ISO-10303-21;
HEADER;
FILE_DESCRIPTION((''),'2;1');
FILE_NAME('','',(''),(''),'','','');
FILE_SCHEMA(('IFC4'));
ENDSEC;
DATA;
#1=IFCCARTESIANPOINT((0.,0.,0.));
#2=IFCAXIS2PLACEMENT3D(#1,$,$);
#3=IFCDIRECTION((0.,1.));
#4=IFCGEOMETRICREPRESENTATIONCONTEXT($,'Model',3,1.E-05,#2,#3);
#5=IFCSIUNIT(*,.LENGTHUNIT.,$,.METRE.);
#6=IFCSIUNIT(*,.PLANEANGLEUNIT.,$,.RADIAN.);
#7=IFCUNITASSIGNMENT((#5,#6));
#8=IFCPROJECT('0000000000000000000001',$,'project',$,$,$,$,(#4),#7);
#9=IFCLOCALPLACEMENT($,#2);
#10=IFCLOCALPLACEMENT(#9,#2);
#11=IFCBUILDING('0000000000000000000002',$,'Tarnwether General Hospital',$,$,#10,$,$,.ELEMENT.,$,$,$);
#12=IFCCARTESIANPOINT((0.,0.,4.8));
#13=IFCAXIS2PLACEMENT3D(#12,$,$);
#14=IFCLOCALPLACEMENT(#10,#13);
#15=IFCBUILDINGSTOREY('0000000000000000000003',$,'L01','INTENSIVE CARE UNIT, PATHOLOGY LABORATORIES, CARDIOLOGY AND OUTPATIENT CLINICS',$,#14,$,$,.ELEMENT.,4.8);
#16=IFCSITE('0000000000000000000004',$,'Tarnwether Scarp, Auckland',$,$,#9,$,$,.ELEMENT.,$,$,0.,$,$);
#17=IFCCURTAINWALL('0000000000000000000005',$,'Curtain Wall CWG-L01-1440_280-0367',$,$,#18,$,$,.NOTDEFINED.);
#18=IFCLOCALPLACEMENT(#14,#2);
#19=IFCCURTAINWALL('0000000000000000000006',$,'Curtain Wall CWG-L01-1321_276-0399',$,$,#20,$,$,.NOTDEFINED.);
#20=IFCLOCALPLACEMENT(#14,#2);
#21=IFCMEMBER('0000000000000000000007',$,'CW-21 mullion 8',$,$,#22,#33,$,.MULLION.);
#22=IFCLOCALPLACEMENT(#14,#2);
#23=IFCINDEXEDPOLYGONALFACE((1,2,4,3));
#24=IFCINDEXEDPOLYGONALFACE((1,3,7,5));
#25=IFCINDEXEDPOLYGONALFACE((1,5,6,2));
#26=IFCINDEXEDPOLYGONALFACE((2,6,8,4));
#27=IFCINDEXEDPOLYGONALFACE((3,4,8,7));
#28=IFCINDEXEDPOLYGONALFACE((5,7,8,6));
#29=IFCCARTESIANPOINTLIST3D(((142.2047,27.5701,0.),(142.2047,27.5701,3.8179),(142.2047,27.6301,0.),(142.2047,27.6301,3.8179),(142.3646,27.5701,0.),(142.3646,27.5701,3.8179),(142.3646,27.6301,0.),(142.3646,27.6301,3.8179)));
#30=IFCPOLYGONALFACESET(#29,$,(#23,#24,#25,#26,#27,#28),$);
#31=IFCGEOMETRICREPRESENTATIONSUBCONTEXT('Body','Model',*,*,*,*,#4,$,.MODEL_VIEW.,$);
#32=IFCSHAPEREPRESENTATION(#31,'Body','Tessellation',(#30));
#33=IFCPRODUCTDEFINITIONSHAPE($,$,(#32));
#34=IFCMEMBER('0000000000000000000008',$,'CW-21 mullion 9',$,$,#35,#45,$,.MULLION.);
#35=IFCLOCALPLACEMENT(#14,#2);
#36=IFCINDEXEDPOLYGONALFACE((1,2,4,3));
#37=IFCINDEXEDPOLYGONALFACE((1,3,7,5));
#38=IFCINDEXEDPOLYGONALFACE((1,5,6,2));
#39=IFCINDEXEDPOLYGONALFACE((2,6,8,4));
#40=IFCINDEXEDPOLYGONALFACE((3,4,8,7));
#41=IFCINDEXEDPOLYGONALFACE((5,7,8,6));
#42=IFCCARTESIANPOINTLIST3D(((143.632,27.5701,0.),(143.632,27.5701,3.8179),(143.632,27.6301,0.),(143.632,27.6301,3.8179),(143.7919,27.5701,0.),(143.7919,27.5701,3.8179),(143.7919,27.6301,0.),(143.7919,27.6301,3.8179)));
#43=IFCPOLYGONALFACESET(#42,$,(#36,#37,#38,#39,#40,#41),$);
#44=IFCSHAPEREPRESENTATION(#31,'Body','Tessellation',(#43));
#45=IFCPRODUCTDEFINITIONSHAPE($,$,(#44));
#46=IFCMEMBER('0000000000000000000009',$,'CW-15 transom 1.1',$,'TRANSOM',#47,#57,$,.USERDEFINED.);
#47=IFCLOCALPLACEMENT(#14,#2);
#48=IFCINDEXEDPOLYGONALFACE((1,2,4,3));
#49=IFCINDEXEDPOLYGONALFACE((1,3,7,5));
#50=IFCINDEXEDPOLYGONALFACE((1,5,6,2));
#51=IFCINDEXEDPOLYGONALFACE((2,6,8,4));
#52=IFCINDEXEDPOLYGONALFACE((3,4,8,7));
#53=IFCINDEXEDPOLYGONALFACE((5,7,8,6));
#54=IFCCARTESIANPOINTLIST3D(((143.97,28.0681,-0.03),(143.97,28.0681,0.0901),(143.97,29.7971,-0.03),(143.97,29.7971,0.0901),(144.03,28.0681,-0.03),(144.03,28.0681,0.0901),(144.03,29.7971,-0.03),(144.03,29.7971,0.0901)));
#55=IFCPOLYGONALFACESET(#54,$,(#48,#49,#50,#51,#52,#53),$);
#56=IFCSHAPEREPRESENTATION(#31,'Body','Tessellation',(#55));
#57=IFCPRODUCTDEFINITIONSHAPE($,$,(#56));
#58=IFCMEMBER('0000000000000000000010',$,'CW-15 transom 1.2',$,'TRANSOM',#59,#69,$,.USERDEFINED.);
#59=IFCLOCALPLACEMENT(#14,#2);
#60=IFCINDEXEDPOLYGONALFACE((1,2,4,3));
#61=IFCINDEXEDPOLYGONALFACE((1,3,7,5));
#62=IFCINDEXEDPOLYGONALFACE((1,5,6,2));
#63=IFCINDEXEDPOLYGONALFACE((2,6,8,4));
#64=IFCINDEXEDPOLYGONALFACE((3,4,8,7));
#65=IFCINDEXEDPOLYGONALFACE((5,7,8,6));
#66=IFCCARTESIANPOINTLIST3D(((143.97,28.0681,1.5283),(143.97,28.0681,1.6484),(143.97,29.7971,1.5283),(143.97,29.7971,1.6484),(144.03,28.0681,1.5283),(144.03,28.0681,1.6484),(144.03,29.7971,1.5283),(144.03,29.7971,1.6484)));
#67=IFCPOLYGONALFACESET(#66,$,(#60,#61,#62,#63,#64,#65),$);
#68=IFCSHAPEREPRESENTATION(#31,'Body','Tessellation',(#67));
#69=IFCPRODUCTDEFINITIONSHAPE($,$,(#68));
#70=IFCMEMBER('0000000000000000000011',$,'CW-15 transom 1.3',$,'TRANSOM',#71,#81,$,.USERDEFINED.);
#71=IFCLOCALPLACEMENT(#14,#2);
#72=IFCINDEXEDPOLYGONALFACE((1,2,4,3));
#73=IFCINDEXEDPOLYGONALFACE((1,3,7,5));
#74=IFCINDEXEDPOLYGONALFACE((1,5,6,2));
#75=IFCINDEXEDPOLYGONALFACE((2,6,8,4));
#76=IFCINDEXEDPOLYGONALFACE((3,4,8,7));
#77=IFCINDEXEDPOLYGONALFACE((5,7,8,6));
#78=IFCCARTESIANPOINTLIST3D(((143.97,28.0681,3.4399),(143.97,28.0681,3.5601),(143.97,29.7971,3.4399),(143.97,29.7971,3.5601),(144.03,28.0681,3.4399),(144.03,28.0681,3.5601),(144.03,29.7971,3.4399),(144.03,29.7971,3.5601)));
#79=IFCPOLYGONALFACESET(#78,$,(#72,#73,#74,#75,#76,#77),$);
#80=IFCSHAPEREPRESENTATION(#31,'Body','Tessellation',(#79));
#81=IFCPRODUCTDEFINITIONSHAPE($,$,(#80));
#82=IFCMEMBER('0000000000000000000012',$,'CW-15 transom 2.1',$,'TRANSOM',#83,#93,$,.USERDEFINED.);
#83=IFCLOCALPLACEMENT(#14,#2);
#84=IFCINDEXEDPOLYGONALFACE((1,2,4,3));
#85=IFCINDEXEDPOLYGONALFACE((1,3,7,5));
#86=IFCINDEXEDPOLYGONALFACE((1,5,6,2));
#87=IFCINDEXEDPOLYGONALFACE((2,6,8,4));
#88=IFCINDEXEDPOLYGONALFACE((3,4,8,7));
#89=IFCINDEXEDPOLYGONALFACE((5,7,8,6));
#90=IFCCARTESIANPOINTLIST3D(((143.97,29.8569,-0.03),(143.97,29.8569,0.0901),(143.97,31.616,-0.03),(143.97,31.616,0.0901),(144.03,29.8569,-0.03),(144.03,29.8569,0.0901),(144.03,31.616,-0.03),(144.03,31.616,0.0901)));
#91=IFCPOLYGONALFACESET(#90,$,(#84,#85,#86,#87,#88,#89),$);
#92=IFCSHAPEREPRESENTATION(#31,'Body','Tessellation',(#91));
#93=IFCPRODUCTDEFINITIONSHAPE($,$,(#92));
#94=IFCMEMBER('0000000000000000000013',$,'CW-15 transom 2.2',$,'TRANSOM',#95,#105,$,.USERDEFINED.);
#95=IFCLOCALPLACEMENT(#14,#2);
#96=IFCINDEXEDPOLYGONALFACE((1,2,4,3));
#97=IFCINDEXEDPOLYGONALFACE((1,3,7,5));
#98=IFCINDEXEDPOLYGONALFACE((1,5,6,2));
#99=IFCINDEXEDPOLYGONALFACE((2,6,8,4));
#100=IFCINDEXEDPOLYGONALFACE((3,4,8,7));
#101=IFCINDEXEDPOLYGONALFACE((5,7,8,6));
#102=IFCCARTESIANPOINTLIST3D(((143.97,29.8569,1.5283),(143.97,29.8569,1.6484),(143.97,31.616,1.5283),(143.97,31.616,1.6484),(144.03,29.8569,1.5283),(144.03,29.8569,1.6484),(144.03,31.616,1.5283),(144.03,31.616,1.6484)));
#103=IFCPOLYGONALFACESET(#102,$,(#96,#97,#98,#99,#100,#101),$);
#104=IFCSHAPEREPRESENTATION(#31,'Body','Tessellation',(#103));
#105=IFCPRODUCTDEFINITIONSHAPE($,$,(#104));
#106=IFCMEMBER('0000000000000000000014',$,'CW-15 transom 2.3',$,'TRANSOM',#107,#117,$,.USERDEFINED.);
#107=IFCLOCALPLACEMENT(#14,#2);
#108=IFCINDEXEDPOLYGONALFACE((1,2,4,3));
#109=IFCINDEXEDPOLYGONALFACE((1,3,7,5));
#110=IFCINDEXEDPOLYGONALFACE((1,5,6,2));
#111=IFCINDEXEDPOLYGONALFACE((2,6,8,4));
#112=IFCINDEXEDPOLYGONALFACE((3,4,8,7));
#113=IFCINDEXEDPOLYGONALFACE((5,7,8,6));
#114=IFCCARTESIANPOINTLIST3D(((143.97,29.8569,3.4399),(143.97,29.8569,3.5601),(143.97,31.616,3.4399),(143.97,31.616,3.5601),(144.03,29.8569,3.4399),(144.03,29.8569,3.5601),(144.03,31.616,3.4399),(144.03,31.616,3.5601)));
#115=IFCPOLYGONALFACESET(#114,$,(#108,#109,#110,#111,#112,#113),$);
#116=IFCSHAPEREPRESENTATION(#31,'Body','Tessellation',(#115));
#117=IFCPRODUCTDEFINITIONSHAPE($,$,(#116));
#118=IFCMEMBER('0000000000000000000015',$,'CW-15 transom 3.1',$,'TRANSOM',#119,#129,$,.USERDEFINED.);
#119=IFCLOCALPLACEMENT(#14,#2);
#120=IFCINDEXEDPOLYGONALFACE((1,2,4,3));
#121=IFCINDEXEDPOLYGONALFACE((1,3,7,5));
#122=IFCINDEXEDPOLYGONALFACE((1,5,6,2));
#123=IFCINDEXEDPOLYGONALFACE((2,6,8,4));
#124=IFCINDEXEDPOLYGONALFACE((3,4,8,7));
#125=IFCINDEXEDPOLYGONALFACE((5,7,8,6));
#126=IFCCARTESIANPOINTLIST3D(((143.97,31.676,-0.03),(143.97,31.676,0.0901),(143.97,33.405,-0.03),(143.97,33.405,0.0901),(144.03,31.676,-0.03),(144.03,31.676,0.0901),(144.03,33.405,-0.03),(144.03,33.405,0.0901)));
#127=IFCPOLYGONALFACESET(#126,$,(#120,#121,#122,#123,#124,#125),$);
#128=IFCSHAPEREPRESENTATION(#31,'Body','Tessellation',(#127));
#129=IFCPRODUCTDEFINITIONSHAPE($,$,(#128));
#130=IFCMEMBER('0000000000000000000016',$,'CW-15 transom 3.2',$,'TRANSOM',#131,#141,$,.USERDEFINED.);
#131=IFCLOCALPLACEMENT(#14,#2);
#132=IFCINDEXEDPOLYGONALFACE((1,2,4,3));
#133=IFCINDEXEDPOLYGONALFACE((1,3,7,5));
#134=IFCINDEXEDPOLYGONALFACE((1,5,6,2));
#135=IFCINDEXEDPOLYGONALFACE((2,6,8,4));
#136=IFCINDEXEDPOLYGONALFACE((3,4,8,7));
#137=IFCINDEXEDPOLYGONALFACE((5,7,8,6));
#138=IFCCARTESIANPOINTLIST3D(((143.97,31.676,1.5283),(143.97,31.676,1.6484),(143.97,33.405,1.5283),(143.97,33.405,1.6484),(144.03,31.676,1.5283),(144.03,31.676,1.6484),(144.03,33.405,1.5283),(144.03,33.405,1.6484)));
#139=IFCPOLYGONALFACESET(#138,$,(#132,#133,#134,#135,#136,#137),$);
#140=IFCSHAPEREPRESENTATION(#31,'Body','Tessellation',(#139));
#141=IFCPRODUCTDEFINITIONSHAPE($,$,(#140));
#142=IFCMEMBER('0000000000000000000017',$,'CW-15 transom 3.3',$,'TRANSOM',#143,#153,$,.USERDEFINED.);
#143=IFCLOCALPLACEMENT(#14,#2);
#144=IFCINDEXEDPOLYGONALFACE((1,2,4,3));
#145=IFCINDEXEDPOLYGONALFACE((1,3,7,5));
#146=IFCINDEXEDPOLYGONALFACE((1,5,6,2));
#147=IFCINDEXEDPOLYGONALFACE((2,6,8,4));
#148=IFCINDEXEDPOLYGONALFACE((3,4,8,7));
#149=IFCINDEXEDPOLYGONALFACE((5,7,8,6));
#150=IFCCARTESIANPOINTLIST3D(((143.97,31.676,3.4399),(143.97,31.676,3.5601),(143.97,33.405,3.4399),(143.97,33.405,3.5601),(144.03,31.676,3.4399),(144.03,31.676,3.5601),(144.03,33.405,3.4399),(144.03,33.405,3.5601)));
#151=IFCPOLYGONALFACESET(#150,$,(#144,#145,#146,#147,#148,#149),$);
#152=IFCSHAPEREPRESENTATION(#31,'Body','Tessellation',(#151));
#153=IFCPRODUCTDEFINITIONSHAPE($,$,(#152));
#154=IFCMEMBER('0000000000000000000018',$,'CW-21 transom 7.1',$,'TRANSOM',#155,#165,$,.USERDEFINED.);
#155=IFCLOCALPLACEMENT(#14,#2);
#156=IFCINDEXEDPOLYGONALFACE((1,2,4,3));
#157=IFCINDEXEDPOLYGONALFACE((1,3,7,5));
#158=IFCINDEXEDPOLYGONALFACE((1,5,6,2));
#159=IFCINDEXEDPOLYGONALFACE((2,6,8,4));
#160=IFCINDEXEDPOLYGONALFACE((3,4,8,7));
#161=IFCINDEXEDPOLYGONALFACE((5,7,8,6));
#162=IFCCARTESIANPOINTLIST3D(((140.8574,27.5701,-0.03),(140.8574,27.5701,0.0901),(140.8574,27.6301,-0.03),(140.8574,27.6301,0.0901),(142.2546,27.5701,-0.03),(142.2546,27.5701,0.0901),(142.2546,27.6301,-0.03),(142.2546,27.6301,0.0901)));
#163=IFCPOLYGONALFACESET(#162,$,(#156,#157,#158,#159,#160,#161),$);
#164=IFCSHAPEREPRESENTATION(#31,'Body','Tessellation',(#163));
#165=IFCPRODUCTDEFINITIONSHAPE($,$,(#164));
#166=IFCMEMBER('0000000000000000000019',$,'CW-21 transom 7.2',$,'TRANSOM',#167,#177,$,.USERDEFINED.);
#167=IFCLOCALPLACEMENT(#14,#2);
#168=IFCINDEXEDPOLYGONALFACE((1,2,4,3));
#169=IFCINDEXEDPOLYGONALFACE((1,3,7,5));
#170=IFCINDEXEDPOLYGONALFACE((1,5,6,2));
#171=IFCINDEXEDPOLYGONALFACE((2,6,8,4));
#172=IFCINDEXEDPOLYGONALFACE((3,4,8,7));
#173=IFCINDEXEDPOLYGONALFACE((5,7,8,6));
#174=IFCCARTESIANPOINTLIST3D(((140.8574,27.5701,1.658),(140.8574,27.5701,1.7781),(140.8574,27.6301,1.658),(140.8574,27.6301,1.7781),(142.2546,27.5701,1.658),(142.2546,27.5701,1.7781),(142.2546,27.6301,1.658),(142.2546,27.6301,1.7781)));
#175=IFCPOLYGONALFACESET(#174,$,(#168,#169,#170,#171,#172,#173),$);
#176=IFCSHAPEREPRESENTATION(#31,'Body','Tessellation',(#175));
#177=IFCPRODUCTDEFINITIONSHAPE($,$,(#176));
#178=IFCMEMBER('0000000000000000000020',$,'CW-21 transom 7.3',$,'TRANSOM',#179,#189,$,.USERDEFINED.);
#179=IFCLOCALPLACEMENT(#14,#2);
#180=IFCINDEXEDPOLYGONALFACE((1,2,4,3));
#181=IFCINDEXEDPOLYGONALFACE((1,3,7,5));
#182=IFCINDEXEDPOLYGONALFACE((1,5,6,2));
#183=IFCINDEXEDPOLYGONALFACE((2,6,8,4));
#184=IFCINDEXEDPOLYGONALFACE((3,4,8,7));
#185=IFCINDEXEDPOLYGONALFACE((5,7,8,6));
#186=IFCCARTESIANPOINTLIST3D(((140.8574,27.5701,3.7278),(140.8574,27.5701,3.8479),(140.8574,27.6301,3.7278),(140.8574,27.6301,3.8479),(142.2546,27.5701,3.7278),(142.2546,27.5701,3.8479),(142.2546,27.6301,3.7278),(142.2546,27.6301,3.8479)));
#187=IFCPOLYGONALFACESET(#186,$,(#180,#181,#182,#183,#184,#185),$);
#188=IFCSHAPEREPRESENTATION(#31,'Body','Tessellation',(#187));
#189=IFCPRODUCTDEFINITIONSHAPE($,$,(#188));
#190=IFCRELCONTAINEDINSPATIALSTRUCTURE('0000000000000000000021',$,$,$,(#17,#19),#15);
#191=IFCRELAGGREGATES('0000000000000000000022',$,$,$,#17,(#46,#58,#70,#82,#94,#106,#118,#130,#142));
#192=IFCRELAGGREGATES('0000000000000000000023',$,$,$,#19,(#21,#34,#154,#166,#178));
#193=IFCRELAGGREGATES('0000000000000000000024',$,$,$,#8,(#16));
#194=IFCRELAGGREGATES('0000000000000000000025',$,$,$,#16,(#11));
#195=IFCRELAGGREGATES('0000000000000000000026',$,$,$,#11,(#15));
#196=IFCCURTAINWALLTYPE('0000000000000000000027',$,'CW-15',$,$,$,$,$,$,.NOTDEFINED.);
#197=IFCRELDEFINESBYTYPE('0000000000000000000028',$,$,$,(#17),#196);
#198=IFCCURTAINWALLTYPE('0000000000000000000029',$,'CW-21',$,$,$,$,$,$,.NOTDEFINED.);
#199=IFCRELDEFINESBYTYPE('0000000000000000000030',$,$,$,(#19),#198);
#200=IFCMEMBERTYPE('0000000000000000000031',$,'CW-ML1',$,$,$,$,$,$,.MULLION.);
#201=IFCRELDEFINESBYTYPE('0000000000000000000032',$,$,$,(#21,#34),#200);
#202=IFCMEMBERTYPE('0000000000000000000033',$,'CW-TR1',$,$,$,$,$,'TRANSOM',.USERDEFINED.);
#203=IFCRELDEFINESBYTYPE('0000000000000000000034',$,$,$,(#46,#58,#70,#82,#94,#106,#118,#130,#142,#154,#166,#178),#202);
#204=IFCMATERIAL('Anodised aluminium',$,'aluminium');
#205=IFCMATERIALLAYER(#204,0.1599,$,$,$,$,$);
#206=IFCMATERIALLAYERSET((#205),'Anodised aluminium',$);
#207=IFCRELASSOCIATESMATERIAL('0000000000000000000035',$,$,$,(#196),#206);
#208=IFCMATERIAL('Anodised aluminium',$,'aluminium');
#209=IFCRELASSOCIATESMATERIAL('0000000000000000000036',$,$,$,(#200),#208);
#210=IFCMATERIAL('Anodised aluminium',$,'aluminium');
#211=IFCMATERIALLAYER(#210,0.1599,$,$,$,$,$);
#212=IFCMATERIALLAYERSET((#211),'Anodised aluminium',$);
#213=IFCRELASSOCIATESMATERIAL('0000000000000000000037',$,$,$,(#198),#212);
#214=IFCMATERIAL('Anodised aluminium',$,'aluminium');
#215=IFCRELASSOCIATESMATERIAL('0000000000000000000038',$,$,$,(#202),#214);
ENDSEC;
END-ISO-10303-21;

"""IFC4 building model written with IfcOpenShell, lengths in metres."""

from ifc_helpers import new_model, si_unit, direction, frame, origin, origin_2d, place, context, subcontext, project, spatial, rectangle, extrude, material, layer, layer_set, material_profile, profile_set, type_object, element, aggregate, save


model = new_model("IFC4")

# Units and contexts
model_context = context("Model", 3, precision=1e-05, world=origin(), true_north=direction((0.0, 1.0)))
body_context = subcontext(model_context, "Body", "Model", "MODEL_VIEW")
ifc_project = project(units=[si_unit("LENGTHUNIT", "METRE"), si_unit("PLANEANGLEUNIT", "RADIAN")], contexts=[model_context])

# Site, building, storey
site_placement = place(None, origin())
site = spatial("IfcSite", under=ifc_project, at=site_placement, Name="Tarnwether Scarp, Auckland", CompositionType="ELEMENT", RefElevation=0.0)
building_placement = place(site_placement, origin())
building = spatial("IfcBuilding", under=site, at=building_placement, Name="Tarnwether General Hospital", CompositionType="ELEMENT")
storey_placement = place(building_placement, frame((0.0, 0.0, 4.8)))
storey = spatial("IfcBuildingStorey", under=building, at=storey_placement, Name="L01", Description="INTENSIVE CARE UNIT, PATHOLOGY LABORATORIES, CARDIOLOGY AND OUTPATIENT CLINICS", CompositionType="ELEMENT", Elevation=4.8)

# Curtain walls, members
ifc_material_1 = material(Name="Anodised aluminium", Category="aluminium")
ifc_layer_1 = layer(ifc_material_1, 0.1599)
ifc_layer_set_1 = layer_set([ifc_layer_1], Name="Anodised aluminium")
curtain_wall_type_1 = type_object("IfcCurtainWallType", Name="CW-15", PredefinedType="NOTDEFINED", material=ifc_layer_set_1)
curtain_wall_1_placement = place(storey_placement, origin())
curtain_wall_1 = element("IfcCurtainWall", 1, at=curtain_wall_1_placement, inside=storey, type_object=curtain_wall_type_1, Name="Curtain Wall CWG-L01-1440_280-0367", PredefinedType="NOTDEFINED")
ifc_material_2 = material(Name="Anodised aluminium", Category="aluminium")
ifc_material_profile_1 = material_profile(ifc_material_2, rectangle(XDim=0.0601, YDim=0.1599, at=origin_2d()), Name="ALU-MUL-60x160")
ifc_profile_set_1 = profile_set([ifc_material_profile_1], Name="Anodised aluminium")
member_type_1 = type_object("IfcMemberType", Name="CW-ML1", PredefinedType="MULLION", material=ifc_profile_set_1)
ifc_material_3 = material(Name="Anodised aluminium", Category="aluminium")
ifc_layer_2 = layer(ifc_material_3, 0.1599)
ifc_layer_set_2 = layer_set([ifc_layer_2], Name="Anodised aluminium")
curtain_wall_type_2 = type_object("IfcCurtainWallType", Name="CW-21", PredefinedType="NOTDEFINED", material=ifc_layer_set_2)
curtain_wall_2_placement = place(storey_placement, origin())
curtain_wall_2 = element("IfcCurtainWall", 2, at=curtain_wall_2_placement, inside=storey, type_object=curtain_wall_type_2, Name="Curtain Wall CWG-L01-1321_276-0399", PredefinedType="NOTDEFINED")
member_1_placement = place(storey_placement, frame((142.2847, 27.6001, 0.0), z_axis=(0.0, 0.0, 1.0), x_axis=(0.0, 1.0, 0.0)))
member_1 = element("IfcMember", 3, at=member_1_placement, type_object=member_type_1, Name="CW-21 mullion 8", PredefinedType="MULLION", context=body_context, shape_type="SweptSolid", body=[
    extrude(rectangle(XDim=0.0601, YDim=0.1599, at=origin_2d()), origin(), (0.0, 0.0, 1.0), 3.8179),
])
member_2_placement = place(storey_placement, frame((143.7119, 27.6001, 0.0), z_axis=(0.0, 0.0, 1.0), x_axis=(0.0, 1.0, 0.0)))
member_2 = element("IfcMember", 4, at=member_2_placement, type_object=member_type_1, Name="CW-21 mullion 9", PredefinedType="MULLION", context=body_context, shape_type="SweptSolid", body=[
    extrude(rectangle(XDim=0.0601, YDim=0.1599, at=origin_2d()), origin(), (0.0, 0.0, 1.0), 3.8179),
])

# Members
ifc_material_4 = material(Name="Anodised aluminium", Category="aluminium")
ifc_material_profile_2 = material_profile(ifc_material_4, rectangle(XDim=0.0601, YDim=0.1201, at=origin_2d()), Name="ALU-TRN-60x120")
ifc_profile_set_2 = profile_set([ifc_material_profile_2], Name="Anodised aluminium")
member_type_2 = type_object("IfcMemberType", Name="CW-TR1", ElementType="TRANSOM", PredefinedType="USERDEFINED", material=ifc_profile_set_2)
member_3_placement = place(storey_placement, frame((144.0, 28.0681, 0.03), z_axis=(0.0, 1.0, 0.0), x_axis=(-1.0, 0.0, 0.0)))
member_3 = element("IfcMember", 5, at=member_3_placement, type_object=member_type_2, Name="CW-15 transom 1.1", ObjectType="TRANSOM", PredefinedType="USERDEFINED", context=body_context, shape_type="SweptSolid", body=[
    extrude(rectangle(XDim=0.0601, YDim=0.1201, at=origin_2d()), origin(), (0.0, 0.0, 1.0), 1.729),
])
member_4_placement = place(storey_placement, frame((144.0, 28.0681, 1.5884), z_axis=(0.0, 1.0, 0.0), x_axis=(-1.0, 0.0, 0.0)))
member_4 = element("IfcMember", 6, at=member_4_placement, type_object=member_type_2, Name="CW-15 transom 1.2", ObjectType="TRANSOM", PredefinedType="USERDEFINED", context=body_context, shape_type="SweptSolid", body=[
    extrude(rectangle(XDim=0.0601, YDim=0.1201, at=origin_2d()), origin(), (0.0, 0.0, 1.0), 1.729),
])
member_5_placement = place(storey_placement, frame((144.0, 28.0681, 3.5), z_axis=(0.0, 1.0, 0.0), x_axis=(-1.0, 0.0, 0.0)))
member_5 = element("IfcMember", 7, at=member_5_placement, type_object=member_type_2, Name="CW-15 transom 1.3", ObjectType="TRANSOM", PredefinedType="USERDEFINED", context=body_context, shape_type="SweptSolid", body=[
    extrude(rectangle(XDim=0.0601, YDim=0.1201, at=origin_2d()), origin(), (0.0, 0.0, 1.0), 1.729),
])
member_6_placement = place(storey_placement, frame((144.0, 29.8569, 0.03), z_axis=(0.0, 1.0, 0.0), x_axis=(-1.0, 0.0, 0.0)))
member_6 = element("IfcMember", 8, at=member_6_placement, type_object=member_type_2, Name="CW-15 transom 2.1", ObjectType="TRANSOM", PredefinedType="USERDEFINED", context=body_context, shape_type="SweptSolid", body=[
    extrude(rectangle(XDim=0.0601, YDim=0.1201, at=origin_2d()), origin(), (0.0, 0.0, 1.0), 1.759),
])
member_7_placement = place(storey_placement, frame((144.0, 29.8569, 1.5884), z_axis=(0.0, 1.0, 0.0), x_axis=(-1.0, 0.0, 0.0)))
member_7 = element("IfcMember", 9, at=member_7_placement, type_object=member_type_2, Name="CW-15 transom 2.2", ObjectType="TRANSOM", PredefinedType="USERDEFINED", context=body_context, shape_type="SweptSolid", body=[
    extrude(rectangle(XDim=0.0601, YDim=0.1201, at=origin_2d()), origin(), (0.0, 0.0, 1.0), 1.759),
])
member_8_placement = place(storey_placement, frame((144.0, 29.8569, 3.5), z_axis=(0.0, 1.0, 0.0), x_axis=(-1.0, 0.0, 0.0)))
member_8 = element("IfcMember", 10, at=member_8_placement, type_object=member_type_2, Name="CW-15 transom 2.3", ObjectType="TRANSOM", PredefinedType="USERDEFINED", context=body_context, shape_type="SweptSolid", body=[
    extrude(rectangle(XDim=0.0601, YDim=0.1201, at=origin_2d()), origin(), (0.0, 0.0, 1.0), 1.759),
])
member_9_placement = place(storey_placement, frame((144.0, 31.676, 0.03), z_axis=(0.0, 1.0, 0.0), x_axis=(-1.0, 0.0, 0.0)))
member_9 = element("IfcMember", 11, at=member_9_placement, type_object=member_type_2, Name="CW-15 transom 3.1", ObjectType="TRANSOM", PredefinedType="USERDEFINED", context=body_context, shape_type="SweptSolid", body=[
    extrude(rectangle(XDim=0.0601, YDim=0.1201, at=origin_2d()), origin(), (0.0, 0.0, 1.0), 1.729),
])
member_10_placement = place(storey_placement, frame((144.0, 31.676, 1.5884), z_axis=(0.0, 1.0, 0.0), x_axis=(-1.0, 0.0, 0.0)))
member_10 = element("IfcMember", 12, at=member_10_placement, type_object=member_type_2, Name="CW-15 transom 3.2", ObjectType="TRANSOM", PredefinedType="USERDEFINED", context=body_context, shape_type="SweptSolid", body=[
    extrude(rectangle(XDim=0.0601, YDim=0.1201, at=origin_2d()), origin(), (0.0, 0.0, 1.0), 1.729),
])
member_11_placement = place(storey_placement, frame((144.0, 31.676, 3.5), z_axis=(0.0, 1.0, 0.0), x_axis=(-1.0, 0.0, 0.0)))
member_11 = element("IfcMember", 13, at=member_11_placement, type_object=member_type_2, Name="CW-15 transom 3.3", ObjectType="TRANSOM", PredefinedType="USERDEFINED", context=body_context, shape_type="SweptSolid", body=[
    extrude(rectangle(XDim=0.0601, YDim=0.1201, at=origin_2d()), origin(), (0.0, 0.0, 1.0), 1.729),
])
member_12_placement = place(storey_placement, frame((140.8574, 27.6001, 0.03), z_axis=(1.0, 0.0, 0.0), x_axis=(0.0, 1.0, 0.0)))
member_12 = element("IfcMember", 14, at=member_12_placement, type_object=member_type_2, Name="CW-21 transom 7.1", ObjectType="TRANSOM", PredefinedType="USERDEFINED", context=body_context, shape_type="SweptSolid", body=[
    extrude(rectangle(XDim=0.0601, YDim=0.1201, at=origin_2d()), origin(), (0.0, 0.0, 1.0), 1.3972),
])
member_13_placement = place(storey_placement, frame((140.8574, 27.6001, 1.718), z_axis=(1.0, 0.0, 0.0), x_axis=(0.0, 1.0, 0.0)))
member_13 = element("IfcMember", 15, at=member_13_placement, type_object=member_type_2, Name="CW-21 transom 7.2", ObjectType="TRANSOM", PredefinedType="USERDEFINED", context=body_context, shape_type="SweptSolid", body=[
    extrude(rectangle(XDim=0.0601, YDim=0.1201, at=origin_2d()), origin(), (0.0, 0.0, 1.0), 1.3972),
])
member_14_placement = place(storey_placement, frame((140.8574, 27.6001, 3.7878), z_axis=(1.0, 0.0, 0.0), x_axis=(0.0, 1.0, 0.0)))
member_14 = element("IfcMember", 16, at=member_14_placement, type_object=member_type_2, Name="CW-21 transom 7.3", ObjectType="TRANSOM", PredefinedType="USERDEFINED", context=body_context, shape_type="SweptSolid", body=[
    extrude(rectangle(XDim=0.0601, YDim=0.1201, at=origin_2d()), origin(), (0.0, 0.0, 1.0), 1.3972),
])

aggregate(curtain_wall_1, [member_3, member_4, member_5, member_6, member_7, member_8, member_9, member_10, member_11])
aggregate(curtain_wall_2, [member_1, member_2, member_12, member_13, member_14])

save(model, "model.ifc")
